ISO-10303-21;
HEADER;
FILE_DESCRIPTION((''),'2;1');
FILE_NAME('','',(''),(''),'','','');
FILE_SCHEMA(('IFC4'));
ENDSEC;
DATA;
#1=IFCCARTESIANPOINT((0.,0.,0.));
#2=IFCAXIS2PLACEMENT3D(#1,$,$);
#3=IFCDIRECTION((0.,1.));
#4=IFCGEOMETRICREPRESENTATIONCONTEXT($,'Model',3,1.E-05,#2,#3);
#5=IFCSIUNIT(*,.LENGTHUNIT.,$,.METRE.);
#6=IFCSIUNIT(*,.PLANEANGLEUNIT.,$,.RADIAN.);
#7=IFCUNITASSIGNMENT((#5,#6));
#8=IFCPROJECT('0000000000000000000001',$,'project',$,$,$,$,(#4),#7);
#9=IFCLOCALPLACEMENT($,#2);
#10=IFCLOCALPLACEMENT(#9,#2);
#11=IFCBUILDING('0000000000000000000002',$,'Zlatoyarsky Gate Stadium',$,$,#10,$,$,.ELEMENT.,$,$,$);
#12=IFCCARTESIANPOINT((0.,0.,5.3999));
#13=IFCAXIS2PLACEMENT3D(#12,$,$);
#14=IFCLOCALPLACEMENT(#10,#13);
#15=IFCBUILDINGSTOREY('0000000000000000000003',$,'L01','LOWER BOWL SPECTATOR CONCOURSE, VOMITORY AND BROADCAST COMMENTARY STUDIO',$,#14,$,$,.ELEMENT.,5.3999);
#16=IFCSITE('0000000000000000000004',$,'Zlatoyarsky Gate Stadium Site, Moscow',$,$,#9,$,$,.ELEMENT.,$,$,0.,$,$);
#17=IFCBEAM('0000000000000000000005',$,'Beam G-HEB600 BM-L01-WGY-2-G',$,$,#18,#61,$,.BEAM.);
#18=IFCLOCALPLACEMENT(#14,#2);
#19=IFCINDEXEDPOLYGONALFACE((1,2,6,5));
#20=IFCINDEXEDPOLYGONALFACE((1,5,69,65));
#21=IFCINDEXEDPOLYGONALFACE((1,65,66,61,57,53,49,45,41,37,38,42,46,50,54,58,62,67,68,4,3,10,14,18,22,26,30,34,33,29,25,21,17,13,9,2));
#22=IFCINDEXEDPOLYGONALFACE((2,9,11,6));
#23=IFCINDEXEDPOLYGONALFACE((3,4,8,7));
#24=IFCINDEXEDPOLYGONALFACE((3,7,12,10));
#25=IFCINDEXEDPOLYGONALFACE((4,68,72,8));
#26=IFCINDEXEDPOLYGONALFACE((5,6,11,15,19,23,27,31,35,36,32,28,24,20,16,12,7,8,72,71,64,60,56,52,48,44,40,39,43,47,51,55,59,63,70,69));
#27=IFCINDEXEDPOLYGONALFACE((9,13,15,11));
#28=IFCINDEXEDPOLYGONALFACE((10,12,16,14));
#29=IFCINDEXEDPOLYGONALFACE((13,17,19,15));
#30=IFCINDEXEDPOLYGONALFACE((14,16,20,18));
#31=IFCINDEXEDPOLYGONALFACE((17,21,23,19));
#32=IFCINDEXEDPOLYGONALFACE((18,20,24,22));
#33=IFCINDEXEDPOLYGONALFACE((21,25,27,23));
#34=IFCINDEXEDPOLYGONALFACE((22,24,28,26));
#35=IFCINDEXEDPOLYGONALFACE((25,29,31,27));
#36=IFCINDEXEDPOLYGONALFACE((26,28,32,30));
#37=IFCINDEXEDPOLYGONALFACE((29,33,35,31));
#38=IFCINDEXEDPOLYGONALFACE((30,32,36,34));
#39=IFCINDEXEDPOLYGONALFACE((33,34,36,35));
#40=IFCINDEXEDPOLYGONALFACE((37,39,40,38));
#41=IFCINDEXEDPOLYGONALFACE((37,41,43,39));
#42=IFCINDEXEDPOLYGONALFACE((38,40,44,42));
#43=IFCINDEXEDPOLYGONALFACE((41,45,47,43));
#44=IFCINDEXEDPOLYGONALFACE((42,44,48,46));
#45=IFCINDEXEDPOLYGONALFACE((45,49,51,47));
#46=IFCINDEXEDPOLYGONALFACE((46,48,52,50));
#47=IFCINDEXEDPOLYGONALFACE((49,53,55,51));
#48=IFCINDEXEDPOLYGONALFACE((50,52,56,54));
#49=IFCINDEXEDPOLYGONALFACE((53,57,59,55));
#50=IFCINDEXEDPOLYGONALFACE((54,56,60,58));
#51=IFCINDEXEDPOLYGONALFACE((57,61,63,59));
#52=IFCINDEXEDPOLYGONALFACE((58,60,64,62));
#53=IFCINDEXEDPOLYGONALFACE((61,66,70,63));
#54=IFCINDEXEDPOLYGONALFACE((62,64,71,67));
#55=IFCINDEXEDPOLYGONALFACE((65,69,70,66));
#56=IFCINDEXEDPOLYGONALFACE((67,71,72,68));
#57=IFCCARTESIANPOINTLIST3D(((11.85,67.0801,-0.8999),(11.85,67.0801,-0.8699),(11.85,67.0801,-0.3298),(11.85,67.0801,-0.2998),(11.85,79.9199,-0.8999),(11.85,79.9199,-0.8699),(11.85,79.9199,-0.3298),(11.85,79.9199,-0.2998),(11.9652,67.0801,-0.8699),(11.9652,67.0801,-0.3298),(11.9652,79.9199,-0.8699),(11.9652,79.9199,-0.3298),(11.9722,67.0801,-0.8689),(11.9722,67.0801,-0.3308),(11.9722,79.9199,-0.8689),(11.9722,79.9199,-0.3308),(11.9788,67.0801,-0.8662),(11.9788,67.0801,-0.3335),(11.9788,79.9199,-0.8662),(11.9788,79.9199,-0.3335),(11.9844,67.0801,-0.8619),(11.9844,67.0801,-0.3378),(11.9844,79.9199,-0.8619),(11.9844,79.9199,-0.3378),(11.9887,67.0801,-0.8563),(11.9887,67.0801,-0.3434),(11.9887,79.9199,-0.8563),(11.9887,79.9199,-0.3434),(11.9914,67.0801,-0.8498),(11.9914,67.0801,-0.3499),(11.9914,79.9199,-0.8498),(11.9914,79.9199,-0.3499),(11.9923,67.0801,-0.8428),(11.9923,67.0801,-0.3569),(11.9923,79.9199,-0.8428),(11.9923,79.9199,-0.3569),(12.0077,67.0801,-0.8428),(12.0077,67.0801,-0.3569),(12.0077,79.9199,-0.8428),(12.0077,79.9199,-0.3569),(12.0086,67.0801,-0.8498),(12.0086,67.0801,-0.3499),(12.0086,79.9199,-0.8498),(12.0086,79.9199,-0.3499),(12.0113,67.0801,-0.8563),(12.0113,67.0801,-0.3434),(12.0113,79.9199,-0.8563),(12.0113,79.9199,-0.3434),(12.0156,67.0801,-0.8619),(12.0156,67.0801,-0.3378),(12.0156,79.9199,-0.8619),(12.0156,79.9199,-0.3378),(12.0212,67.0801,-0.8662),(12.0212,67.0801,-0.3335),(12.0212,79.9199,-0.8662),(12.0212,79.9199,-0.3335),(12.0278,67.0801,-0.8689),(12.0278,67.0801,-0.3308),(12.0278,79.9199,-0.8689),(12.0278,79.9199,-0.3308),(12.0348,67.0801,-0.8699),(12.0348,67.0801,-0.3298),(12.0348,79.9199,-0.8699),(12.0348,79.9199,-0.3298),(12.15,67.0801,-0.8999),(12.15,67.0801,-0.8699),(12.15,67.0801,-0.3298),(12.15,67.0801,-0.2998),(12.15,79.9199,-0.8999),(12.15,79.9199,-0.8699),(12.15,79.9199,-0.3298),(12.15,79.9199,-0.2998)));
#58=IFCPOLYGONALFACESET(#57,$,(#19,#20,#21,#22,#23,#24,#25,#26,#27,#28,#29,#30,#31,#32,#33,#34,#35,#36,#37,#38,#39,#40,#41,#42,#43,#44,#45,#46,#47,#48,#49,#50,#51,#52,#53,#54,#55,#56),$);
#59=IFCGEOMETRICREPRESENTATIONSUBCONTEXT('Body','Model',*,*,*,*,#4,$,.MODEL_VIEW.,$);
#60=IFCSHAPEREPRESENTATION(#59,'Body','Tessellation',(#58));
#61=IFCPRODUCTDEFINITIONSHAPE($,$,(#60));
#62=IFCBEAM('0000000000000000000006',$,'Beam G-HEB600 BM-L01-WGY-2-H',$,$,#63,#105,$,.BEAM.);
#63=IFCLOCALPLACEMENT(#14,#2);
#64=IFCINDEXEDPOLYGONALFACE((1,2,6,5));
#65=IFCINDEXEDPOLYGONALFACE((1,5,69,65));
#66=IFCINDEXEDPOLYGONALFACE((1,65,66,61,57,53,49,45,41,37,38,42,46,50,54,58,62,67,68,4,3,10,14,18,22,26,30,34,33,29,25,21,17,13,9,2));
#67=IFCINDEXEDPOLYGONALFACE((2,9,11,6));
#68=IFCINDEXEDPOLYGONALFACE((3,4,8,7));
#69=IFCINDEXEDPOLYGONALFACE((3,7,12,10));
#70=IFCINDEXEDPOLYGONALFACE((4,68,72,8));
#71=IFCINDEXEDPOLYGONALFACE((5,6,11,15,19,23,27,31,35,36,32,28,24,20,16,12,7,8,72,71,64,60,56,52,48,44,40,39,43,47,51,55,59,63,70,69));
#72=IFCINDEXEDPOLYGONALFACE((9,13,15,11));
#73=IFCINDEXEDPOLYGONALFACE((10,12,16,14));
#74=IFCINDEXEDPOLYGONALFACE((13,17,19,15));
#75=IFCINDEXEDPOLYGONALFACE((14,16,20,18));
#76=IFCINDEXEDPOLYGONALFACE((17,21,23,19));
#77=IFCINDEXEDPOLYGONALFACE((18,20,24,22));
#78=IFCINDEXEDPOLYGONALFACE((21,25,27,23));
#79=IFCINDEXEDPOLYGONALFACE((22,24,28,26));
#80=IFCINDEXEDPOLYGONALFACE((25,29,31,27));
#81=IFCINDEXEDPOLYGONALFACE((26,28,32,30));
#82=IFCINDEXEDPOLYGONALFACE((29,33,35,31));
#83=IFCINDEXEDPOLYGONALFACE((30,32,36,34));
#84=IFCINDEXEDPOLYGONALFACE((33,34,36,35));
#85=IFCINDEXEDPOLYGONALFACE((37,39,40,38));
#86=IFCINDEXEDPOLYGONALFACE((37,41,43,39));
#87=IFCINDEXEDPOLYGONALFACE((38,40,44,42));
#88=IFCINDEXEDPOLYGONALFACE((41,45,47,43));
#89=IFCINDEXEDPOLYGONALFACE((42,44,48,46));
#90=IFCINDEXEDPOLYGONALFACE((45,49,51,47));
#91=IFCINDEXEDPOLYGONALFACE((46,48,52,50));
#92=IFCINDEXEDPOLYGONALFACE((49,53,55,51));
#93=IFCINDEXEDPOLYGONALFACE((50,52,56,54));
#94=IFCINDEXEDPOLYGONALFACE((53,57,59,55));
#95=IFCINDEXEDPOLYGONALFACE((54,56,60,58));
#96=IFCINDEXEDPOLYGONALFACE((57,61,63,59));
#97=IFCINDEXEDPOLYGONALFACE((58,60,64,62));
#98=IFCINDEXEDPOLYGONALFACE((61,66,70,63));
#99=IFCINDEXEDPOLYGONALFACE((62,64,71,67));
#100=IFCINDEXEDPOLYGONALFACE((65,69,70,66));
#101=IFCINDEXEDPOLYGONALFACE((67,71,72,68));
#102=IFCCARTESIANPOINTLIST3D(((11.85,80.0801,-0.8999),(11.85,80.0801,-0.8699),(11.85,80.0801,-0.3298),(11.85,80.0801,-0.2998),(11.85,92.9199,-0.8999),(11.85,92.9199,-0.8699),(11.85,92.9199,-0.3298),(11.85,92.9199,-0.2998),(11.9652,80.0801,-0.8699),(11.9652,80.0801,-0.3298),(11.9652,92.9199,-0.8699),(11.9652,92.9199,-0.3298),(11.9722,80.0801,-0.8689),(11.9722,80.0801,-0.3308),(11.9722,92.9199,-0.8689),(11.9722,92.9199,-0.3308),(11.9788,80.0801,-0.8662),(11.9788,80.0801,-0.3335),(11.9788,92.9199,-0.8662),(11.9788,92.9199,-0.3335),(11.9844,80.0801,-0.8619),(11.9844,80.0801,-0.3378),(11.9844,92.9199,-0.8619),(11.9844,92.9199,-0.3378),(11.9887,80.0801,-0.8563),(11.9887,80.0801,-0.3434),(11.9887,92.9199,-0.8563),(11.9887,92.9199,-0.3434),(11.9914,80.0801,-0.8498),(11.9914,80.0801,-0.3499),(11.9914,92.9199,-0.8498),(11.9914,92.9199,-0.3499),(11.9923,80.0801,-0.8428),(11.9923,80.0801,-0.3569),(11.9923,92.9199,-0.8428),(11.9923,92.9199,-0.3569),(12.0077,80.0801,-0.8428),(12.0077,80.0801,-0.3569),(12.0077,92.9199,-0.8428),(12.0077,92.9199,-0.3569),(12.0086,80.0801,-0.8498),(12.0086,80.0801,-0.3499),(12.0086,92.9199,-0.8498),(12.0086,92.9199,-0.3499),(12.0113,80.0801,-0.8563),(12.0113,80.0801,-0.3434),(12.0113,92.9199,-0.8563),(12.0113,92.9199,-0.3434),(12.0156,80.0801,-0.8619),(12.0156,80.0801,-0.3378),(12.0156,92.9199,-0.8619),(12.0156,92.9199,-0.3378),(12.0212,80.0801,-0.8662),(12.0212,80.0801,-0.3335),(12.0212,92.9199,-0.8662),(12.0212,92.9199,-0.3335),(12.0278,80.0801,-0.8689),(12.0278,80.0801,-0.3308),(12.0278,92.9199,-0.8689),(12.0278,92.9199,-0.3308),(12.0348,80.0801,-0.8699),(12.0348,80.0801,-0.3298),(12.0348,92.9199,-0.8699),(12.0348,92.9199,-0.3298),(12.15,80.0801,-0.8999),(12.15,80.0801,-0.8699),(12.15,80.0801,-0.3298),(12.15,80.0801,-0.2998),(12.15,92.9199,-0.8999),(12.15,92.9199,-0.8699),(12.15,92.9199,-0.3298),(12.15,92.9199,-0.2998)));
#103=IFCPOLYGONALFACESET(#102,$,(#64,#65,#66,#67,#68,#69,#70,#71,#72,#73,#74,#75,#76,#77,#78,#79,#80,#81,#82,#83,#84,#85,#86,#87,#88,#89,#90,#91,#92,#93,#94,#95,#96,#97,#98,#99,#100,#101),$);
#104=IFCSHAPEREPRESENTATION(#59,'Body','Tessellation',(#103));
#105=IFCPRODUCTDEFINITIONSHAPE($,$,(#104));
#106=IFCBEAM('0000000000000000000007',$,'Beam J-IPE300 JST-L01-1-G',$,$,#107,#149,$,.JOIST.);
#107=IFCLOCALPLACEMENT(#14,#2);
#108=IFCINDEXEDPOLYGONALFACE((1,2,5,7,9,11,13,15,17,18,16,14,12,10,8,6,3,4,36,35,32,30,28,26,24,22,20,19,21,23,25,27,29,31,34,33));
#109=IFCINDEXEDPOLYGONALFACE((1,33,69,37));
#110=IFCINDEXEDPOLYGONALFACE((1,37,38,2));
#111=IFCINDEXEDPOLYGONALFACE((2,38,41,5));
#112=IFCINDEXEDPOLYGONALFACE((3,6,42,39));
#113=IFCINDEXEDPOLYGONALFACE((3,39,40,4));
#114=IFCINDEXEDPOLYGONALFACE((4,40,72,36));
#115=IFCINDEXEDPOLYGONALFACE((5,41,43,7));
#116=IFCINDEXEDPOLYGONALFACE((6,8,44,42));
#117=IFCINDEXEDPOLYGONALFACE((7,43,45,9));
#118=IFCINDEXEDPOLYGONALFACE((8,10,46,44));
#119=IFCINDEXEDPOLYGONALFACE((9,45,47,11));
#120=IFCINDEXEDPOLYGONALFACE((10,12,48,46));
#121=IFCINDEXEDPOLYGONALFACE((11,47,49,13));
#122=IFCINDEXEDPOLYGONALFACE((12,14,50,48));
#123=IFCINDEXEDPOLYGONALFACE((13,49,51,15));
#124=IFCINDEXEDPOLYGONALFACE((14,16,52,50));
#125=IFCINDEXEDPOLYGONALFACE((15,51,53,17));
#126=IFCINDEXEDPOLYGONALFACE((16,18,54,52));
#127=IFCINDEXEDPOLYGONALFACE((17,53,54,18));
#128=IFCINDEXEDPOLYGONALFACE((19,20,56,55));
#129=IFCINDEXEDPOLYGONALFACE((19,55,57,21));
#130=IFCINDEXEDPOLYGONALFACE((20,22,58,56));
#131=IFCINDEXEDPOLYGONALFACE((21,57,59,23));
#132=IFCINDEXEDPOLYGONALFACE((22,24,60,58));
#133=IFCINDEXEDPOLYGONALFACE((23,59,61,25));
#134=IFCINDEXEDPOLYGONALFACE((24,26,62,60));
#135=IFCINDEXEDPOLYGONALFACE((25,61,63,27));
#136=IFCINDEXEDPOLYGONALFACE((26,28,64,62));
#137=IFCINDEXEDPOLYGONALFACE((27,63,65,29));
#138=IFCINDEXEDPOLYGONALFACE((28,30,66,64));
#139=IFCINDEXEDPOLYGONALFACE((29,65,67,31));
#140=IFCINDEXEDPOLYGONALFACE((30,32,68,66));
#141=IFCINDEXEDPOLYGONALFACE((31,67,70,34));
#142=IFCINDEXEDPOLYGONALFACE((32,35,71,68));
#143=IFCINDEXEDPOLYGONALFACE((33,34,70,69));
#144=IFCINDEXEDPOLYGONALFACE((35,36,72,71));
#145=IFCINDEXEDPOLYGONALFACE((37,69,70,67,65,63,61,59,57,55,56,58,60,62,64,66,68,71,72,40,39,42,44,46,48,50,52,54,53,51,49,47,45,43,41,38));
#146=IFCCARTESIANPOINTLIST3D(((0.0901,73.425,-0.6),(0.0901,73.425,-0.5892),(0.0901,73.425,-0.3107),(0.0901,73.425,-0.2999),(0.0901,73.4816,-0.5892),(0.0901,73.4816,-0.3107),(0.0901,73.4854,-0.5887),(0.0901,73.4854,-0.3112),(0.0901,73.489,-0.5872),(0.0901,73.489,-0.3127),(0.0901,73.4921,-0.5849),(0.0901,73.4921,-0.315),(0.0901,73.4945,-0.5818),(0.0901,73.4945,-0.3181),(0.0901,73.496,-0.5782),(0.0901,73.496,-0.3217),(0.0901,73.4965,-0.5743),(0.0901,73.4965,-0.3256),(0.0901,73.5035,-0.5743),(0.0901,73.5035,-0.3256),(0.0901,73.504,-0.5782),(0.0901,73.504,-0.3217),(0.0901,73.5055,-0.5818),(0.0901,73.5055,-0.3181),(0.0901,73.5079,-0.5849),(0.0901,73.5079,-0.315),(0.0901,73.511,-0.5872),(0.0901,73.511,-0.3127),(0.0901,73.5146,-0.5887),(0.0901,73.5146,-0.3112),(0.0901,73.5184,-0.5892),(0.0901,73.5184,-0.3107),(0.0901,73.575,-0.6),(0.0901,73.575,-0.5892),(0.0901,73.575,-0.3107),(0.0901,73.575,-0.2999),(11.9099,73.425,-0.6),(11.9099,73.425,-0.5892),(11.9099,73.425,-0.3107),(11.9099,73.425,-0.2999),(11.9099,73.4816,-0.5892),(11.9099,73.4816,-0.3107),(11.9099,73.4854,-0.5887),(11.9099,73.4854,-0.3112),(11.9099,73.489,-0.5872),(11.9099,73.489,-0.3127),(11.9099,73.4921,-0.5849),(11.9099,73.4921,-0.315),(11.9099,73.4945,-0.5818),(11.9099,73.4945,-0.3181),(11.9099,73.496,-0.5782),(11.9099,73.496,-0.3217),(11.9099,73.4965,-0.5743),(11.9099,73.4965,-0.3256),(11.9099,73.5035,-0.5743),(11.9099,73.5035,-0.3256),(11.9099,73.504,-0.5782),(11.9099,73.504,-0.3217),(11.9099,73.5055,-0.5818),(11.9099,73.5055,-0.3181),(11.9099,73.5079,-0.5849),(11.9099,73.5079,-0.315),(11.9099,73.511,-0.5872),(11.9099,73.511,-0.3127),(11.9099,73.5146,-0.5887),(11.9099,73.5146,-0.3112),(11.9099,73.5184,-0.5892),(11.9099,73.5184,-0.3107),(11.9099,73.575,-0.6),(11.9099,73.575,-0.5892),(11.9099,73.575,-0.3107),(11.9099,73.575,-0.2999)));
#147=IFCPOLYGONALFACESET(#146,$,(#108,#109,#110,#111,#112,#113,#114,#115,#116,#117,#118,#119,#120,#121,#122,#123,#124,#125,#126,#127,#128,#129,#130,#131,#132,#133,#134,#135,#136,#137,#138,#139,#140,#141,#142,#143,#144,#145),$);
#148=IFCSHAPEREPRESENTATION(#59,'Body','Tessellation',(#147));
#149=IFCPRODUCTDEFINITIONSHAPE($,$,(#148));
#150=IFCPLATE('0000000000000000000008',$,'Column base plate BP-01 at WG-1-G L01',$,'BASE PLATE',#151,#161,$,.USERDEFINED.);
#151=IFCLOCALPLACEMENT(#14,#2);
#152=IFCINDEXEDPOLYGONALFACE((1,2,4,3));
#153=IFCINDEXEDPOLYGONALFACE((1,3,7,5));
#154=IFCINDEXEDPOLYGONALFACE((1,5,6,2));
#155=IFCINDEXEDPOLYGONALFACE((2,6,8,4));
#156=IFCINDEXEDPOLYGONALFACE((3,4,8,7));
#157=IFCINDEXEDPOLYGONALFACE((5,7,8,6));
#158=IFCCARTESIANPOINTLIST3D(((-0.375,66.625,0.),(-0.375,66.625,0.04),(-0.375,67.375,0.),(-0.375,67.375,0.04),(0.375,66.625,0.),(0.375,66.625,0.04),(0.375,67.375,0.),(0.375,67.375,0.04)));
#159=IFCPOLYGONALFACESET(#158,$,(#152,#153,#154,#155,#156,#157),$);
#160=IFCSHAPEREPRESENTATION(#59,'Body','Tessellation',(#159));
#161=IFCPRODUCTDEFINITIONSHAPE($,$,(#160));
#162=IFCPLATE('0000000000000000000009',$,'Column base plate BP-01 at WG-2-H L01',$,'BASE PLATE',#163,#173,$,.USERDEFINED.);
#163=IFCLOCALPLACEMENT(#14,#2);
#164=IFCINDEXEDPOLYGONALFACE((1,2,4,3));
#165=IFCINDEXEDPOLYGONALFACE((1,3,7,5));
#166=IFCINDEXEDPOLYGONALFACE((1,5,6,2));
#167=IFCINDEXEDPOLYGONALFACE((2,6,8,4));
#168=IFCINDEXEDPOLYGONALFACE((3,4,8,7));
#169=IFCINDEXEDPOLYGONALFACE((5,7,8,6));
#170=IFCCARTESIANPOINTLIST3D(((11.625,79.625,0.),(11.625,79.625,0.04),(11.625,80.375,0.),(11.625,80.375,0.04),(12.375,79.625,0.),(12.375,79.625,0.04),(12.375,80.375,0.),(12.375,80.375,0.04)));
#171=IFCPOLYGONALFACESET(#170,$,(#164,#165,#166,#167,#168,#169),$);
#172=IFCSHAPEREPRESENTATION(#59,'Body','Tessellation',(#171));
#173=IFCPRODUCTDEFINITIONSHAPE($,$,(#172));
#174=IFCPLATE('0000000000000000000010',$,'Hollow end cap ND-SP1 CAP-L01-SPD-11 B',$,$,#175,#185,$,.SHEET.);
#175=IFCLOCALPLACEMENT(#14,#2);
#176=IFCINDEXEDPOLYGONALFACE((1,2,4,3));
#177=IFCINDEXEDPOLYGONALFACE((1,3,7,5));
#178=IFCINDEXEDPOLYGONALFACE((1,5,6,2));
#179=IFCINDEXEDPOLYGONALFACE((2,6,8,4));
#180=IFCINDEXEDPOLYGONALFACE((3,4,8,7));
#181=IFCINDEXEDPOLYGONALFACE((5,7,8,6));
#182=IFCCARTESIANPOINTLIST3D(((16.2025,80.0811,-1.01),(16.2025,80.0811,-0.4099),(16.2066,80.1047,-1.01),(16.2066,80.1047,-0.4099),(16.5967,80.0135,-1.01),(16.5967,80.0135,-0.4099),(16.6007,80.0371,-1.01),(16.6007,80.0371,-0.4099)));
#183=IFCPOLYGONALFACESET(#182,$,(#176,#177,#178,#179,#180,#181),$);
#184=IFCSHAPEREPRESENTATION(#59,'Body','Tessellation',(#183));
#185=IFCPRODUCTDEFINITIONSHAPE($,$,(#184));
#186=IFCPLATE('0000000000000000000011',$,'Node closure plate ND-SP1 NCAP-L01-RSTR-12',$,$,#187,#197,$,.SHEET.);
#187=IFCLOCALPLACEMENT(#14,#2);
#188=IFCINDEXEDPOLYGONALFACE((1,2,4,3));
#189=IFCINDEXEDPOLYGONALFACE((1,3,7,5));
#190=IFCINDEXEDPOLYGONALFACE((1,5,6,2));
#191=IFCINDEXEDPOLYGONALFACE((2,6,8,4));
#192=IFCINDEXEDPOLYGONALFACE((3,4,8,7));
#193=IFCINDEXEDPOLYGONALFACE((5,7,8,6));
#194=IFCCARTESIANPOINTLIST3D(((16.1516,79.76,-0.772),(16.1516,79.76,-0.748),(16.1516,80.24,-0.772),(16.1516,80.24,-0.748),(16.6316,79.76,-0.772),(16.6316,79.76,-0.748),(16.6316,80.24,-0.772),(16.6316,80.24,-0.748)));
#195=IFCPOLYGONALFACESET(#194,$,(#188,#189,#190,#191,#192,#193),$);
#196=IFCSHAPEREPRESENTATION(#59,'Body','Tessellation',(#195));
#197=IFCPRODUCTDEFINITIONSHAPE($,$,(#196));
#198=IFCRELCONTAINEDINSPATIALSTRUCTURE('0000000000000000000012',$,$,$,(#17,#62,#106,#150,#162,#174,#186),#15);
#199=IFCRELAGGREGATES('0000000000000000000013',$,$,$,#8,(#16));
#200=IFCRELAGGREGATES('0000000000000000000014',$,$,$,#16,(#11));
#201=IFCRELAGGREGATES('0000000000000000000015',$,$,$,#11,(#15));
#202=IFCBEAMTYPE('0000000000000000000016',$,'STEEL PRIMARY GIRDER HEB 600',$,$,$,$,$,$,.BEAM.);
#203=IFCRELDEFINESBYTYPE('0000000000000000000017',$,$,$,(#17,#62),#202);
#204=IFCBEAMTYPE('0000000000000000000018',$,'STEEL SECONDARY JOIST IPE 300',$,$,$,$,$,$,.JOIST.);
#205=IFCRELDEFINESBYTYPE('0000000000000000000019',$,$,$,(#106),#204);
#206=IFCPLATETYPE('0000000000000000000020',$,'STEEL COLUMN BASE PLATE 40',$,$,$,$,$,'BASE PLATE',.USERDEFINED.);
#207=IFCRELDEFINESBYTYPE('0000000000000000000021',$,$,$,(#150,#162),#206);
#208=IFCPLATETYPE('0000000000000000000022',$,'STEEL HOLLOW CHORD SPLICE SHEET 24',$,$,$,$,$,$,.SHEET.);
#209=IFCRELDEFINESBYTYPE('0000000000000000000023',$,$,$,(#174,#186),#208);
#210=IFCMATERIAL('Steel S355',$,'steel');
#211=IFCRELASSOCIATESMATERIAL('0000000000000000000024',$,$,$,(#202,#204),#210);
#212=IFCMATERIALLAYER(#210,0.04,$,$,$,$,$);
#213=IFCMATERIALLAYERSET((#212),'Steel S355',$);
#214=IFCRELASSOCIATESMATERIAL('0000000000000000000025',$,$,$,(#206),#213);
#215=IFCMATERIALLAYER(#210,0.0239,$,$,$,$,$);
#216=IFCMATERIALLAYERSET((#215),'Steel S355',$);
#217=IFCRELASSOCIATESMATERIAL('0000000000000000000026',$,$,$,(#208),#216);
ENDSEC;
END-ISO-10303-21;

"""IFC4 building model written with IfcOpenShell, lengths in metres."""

from ifc_helpers import new_model, si_unit, direction, frame, origin, origin_2d, place, context, subcontext, project, spatial, rectangle, i_section, extrude, material, layer, layer_set, material_profile, profile_set, type_object, element, save


model = new_model("IFC4")

# Units and contexts
model_context = context("Model", 3, precision=1e-05, world=origin(), true_north=direction((0.0, 1.0)))
body_context = subcontext(model_context, "Body", "Model", "MODEL_VIEW")
ifc_project = project(units=[si_unit("LENGTHUNIT", "METRE"), si_unit("PLANEANGLEUNIT", "RADIAN")], contexts=[model_context])

# Site, building, storey
site_placement = place(None, origin())
site = spatial("IfcSite", under=ifc_project, at=site_placement, Name="Zlatoyarsky Gate Stadium Site, Moscow", CompositionType="ELEMENT", RefElevation=0.0)
building_placement = place(site_placement, origin())
building = spatial("IfcBuilding", under=site, at=building_placement, Name="Zlatoyarsky Gate Stadium", CompositionType="ELEMENT")
storey_placement = place(building_placement, frame((0.0, 0.0, 5.3999)))
storey = spatial("IfcBuildingStorey", under=building, at=storey_placement, Name="L01", Description="LOWER BOWL SPECTATOR CONCOURSE, VOMITORY AND BROADCAST COMMENTARY STUDIO", CompositionType="ELEMENT", Elevation=5.3999)

# Shared definitions
ifc_material_1 = material(Name="Steel S355", Category="steel")

# Beams
ifc_material_profile_1 = material_profile(ifc_material_1, i_section(OverallWidth=0.3, OverallDepth=0.6001, WebThickness=0.0154, FlangeThickness=0.03, FilletRadius=0.0271, at=origin_2d()), Name="HEB 600")
ifc_profile_set_1 = profile_set([ifc_material_profile_1], Name="Steel S355")
beam_type_1 = type_object("IfcBeamType", Name="STEEL PRIMARY GIRDER HEB 600", PredefinedType="BEAM", material=ifc_profile_set_1)
for number, where, z_axis, x_axis, name in (
    (1, (12.0, 67.0801, -0.5999), (0.0, 1.0, 0.0), (-1.0, 0.0, 0.0), "Beam G-HEB600 BM-L01-WGY-2-G"),
    (2, (12.0, 80.0801, -0.5999), (0.0, 1.0, 0.0), (-1.0, 0.0, 0.0), "Beam G-HEB600 BM-L01-WGY-2-H"),
):
    element("IfcBeam", number, at=place(storey_placement, frame(where, z_axis=z_axis, x_axis=x_axis)), inside=storey, type_object=beam_type_1, Name=name, PredefinedType="BEAM", context=body_context, shape_type="SweptSolid", body=[
        extrude(i_section(OverallWidth=0.3, OverallDepth=0.6001, WebThickness=0.0154, FlangeThickness=0.03, FilletRadius=0.0271, at=origin_2d()), origin(), (0.0, 0.0, 1.0), 12.8398),
    ])
ifc_material_profile_2 = material_profile(ifc_material_1, i_section(OverallWidth=0.1499, OverallDepth=0.3, WebThickness=0.0071, FlangeThickness=0.0107, FilletRadius=0.0149, at=origin_2d()), Name="IPE 300")
ifc_profile_set_2 = profile_set([ifc_material_profile_2], Name="Steel S355")
beam_type_2 = type_object("IfcBeamType", Name="STEEL SECONDARY JOIST IPE 300", PredefinedType="JOIST", material=ifc_profile_set_2)
beam_1_placement = place(storey_placement, frame((0.0901, 73.5, -0.45), z_axis=(1.0, 0.0, 0.0), x_axis=(0.0, 1.0, 0.0)))
element("IfcBeam", 3, at=beam_1_placement, inside=storey, type_object=beam_type_2, Name="Beam J-IPE300 JST-L01-1-G", PredefinedType="JOIST", context=body_context, shape_type="SweptSolid", body=[
    extrude(i_section(OverallWidth=0.1499, OverallDepth=0.3, WebThickness=0.0071, FlangeThickness=0.0107, FilletRadius=0.0149, at=origin_2d()), origin(), (0.0, 0.0, 1.0), 11.8198),
])

# Plates
ifc_layer_1 = layer(ifc_material_1, 0.04)
ifc_layer_set_1 = layer_set([ifc_layer_1], Name="Steel S355")
plate_type_1 = type_object("IfcPlateType", Name="STEEL COLUMN BASE PLATE 40", ElementType="BASE PLATE", PredefinedType="USERDEFINED", material=ifc_layer_set_1)
for number, where, z_axis, x_axis, name in (
    (4, (0.0, 67.0, 0.0), (0.0, 0.0, 1.0), (1.0, 0.0, 0.0), "Column base plate BP-01 at WG-1-G L01"),
    (5, (12.0, 80.0, 0.0), (0.0, 0.0, 1.0), (1.0, 0.0, 0.0), "Column base plate BP-01 at WG-2-H L01"),
):
    element("IfcPlate", number, at=place(storey_placement, frame(where, z_axis=z_axis, x_axis=x_axis)), inside=storey, type_object=plate_type_1, Name=name, ObjectType="BASE PLATE", PredefinedType="USERDEFINED", context=body_context, shape_type="SweptSolid", body=[
        extrude(rectangle(XDim=0.75, YDim=0.75, at=origin_2d()), origin(), (0.0, 0.0, 1.0), 0.04),
    ])
ifc_layer_2 = layer(ifc_material_1, 0.0239)
ifc_layer_set_2 = layer_set([ifc_layer_2], Name="Steel S355")
plate_type_2 = type_object("IfcPlateType", Name="STEEL HOLLOW CHORD SPLICE SHEET 24", PredefinedType="SHEET", material=ifc_layer_set_2)
plate_1_placement = place(storey_placement, frame((16.4016, 80.0591, -1.01), z_axis=(0.0, 0.0, 1.0), x_axis=(-0.169072, -0.985604, 0.0)))
element("IfcPlate", 6, at=plate_1_placement, inside=storey, type_object=plate_type_2, Name="Hollow end cap ND-SP1 CAP-L01-SPD-11 B", PredefinedType="SHEET", context=body_context, shape_type="SweptSolid", body=[
    extrude(rectangle(XDim=0.0239, YDim=0.3999, at=origin_2d()), origin(), (0.0, 0.0, 1.0), 0.6001),
])
plate_2_placement = place(storey_placement, frame((16.3916, 80.0, -0.772), z_axis=(0.0, 0.0, 1.0), x_axis=(1.0, 0.0, 0.0)))
element("IfcPlate", 7, at=plate_2_placement, inside=storey, type_object=plate_type_2, Name="Node closure plate ND-SP1 NCAP-L01-RSTR-12", PredefinedType="SHEET", context=body_context, shape_type="SweptSolid", body=[
    extrude(rectangle(XDim=0.48, YDim=0.48, at=origin_2d()), origin(), (0.0, 0.0, 1.0), 0.0239),
])

save(model, "model.ifc")
